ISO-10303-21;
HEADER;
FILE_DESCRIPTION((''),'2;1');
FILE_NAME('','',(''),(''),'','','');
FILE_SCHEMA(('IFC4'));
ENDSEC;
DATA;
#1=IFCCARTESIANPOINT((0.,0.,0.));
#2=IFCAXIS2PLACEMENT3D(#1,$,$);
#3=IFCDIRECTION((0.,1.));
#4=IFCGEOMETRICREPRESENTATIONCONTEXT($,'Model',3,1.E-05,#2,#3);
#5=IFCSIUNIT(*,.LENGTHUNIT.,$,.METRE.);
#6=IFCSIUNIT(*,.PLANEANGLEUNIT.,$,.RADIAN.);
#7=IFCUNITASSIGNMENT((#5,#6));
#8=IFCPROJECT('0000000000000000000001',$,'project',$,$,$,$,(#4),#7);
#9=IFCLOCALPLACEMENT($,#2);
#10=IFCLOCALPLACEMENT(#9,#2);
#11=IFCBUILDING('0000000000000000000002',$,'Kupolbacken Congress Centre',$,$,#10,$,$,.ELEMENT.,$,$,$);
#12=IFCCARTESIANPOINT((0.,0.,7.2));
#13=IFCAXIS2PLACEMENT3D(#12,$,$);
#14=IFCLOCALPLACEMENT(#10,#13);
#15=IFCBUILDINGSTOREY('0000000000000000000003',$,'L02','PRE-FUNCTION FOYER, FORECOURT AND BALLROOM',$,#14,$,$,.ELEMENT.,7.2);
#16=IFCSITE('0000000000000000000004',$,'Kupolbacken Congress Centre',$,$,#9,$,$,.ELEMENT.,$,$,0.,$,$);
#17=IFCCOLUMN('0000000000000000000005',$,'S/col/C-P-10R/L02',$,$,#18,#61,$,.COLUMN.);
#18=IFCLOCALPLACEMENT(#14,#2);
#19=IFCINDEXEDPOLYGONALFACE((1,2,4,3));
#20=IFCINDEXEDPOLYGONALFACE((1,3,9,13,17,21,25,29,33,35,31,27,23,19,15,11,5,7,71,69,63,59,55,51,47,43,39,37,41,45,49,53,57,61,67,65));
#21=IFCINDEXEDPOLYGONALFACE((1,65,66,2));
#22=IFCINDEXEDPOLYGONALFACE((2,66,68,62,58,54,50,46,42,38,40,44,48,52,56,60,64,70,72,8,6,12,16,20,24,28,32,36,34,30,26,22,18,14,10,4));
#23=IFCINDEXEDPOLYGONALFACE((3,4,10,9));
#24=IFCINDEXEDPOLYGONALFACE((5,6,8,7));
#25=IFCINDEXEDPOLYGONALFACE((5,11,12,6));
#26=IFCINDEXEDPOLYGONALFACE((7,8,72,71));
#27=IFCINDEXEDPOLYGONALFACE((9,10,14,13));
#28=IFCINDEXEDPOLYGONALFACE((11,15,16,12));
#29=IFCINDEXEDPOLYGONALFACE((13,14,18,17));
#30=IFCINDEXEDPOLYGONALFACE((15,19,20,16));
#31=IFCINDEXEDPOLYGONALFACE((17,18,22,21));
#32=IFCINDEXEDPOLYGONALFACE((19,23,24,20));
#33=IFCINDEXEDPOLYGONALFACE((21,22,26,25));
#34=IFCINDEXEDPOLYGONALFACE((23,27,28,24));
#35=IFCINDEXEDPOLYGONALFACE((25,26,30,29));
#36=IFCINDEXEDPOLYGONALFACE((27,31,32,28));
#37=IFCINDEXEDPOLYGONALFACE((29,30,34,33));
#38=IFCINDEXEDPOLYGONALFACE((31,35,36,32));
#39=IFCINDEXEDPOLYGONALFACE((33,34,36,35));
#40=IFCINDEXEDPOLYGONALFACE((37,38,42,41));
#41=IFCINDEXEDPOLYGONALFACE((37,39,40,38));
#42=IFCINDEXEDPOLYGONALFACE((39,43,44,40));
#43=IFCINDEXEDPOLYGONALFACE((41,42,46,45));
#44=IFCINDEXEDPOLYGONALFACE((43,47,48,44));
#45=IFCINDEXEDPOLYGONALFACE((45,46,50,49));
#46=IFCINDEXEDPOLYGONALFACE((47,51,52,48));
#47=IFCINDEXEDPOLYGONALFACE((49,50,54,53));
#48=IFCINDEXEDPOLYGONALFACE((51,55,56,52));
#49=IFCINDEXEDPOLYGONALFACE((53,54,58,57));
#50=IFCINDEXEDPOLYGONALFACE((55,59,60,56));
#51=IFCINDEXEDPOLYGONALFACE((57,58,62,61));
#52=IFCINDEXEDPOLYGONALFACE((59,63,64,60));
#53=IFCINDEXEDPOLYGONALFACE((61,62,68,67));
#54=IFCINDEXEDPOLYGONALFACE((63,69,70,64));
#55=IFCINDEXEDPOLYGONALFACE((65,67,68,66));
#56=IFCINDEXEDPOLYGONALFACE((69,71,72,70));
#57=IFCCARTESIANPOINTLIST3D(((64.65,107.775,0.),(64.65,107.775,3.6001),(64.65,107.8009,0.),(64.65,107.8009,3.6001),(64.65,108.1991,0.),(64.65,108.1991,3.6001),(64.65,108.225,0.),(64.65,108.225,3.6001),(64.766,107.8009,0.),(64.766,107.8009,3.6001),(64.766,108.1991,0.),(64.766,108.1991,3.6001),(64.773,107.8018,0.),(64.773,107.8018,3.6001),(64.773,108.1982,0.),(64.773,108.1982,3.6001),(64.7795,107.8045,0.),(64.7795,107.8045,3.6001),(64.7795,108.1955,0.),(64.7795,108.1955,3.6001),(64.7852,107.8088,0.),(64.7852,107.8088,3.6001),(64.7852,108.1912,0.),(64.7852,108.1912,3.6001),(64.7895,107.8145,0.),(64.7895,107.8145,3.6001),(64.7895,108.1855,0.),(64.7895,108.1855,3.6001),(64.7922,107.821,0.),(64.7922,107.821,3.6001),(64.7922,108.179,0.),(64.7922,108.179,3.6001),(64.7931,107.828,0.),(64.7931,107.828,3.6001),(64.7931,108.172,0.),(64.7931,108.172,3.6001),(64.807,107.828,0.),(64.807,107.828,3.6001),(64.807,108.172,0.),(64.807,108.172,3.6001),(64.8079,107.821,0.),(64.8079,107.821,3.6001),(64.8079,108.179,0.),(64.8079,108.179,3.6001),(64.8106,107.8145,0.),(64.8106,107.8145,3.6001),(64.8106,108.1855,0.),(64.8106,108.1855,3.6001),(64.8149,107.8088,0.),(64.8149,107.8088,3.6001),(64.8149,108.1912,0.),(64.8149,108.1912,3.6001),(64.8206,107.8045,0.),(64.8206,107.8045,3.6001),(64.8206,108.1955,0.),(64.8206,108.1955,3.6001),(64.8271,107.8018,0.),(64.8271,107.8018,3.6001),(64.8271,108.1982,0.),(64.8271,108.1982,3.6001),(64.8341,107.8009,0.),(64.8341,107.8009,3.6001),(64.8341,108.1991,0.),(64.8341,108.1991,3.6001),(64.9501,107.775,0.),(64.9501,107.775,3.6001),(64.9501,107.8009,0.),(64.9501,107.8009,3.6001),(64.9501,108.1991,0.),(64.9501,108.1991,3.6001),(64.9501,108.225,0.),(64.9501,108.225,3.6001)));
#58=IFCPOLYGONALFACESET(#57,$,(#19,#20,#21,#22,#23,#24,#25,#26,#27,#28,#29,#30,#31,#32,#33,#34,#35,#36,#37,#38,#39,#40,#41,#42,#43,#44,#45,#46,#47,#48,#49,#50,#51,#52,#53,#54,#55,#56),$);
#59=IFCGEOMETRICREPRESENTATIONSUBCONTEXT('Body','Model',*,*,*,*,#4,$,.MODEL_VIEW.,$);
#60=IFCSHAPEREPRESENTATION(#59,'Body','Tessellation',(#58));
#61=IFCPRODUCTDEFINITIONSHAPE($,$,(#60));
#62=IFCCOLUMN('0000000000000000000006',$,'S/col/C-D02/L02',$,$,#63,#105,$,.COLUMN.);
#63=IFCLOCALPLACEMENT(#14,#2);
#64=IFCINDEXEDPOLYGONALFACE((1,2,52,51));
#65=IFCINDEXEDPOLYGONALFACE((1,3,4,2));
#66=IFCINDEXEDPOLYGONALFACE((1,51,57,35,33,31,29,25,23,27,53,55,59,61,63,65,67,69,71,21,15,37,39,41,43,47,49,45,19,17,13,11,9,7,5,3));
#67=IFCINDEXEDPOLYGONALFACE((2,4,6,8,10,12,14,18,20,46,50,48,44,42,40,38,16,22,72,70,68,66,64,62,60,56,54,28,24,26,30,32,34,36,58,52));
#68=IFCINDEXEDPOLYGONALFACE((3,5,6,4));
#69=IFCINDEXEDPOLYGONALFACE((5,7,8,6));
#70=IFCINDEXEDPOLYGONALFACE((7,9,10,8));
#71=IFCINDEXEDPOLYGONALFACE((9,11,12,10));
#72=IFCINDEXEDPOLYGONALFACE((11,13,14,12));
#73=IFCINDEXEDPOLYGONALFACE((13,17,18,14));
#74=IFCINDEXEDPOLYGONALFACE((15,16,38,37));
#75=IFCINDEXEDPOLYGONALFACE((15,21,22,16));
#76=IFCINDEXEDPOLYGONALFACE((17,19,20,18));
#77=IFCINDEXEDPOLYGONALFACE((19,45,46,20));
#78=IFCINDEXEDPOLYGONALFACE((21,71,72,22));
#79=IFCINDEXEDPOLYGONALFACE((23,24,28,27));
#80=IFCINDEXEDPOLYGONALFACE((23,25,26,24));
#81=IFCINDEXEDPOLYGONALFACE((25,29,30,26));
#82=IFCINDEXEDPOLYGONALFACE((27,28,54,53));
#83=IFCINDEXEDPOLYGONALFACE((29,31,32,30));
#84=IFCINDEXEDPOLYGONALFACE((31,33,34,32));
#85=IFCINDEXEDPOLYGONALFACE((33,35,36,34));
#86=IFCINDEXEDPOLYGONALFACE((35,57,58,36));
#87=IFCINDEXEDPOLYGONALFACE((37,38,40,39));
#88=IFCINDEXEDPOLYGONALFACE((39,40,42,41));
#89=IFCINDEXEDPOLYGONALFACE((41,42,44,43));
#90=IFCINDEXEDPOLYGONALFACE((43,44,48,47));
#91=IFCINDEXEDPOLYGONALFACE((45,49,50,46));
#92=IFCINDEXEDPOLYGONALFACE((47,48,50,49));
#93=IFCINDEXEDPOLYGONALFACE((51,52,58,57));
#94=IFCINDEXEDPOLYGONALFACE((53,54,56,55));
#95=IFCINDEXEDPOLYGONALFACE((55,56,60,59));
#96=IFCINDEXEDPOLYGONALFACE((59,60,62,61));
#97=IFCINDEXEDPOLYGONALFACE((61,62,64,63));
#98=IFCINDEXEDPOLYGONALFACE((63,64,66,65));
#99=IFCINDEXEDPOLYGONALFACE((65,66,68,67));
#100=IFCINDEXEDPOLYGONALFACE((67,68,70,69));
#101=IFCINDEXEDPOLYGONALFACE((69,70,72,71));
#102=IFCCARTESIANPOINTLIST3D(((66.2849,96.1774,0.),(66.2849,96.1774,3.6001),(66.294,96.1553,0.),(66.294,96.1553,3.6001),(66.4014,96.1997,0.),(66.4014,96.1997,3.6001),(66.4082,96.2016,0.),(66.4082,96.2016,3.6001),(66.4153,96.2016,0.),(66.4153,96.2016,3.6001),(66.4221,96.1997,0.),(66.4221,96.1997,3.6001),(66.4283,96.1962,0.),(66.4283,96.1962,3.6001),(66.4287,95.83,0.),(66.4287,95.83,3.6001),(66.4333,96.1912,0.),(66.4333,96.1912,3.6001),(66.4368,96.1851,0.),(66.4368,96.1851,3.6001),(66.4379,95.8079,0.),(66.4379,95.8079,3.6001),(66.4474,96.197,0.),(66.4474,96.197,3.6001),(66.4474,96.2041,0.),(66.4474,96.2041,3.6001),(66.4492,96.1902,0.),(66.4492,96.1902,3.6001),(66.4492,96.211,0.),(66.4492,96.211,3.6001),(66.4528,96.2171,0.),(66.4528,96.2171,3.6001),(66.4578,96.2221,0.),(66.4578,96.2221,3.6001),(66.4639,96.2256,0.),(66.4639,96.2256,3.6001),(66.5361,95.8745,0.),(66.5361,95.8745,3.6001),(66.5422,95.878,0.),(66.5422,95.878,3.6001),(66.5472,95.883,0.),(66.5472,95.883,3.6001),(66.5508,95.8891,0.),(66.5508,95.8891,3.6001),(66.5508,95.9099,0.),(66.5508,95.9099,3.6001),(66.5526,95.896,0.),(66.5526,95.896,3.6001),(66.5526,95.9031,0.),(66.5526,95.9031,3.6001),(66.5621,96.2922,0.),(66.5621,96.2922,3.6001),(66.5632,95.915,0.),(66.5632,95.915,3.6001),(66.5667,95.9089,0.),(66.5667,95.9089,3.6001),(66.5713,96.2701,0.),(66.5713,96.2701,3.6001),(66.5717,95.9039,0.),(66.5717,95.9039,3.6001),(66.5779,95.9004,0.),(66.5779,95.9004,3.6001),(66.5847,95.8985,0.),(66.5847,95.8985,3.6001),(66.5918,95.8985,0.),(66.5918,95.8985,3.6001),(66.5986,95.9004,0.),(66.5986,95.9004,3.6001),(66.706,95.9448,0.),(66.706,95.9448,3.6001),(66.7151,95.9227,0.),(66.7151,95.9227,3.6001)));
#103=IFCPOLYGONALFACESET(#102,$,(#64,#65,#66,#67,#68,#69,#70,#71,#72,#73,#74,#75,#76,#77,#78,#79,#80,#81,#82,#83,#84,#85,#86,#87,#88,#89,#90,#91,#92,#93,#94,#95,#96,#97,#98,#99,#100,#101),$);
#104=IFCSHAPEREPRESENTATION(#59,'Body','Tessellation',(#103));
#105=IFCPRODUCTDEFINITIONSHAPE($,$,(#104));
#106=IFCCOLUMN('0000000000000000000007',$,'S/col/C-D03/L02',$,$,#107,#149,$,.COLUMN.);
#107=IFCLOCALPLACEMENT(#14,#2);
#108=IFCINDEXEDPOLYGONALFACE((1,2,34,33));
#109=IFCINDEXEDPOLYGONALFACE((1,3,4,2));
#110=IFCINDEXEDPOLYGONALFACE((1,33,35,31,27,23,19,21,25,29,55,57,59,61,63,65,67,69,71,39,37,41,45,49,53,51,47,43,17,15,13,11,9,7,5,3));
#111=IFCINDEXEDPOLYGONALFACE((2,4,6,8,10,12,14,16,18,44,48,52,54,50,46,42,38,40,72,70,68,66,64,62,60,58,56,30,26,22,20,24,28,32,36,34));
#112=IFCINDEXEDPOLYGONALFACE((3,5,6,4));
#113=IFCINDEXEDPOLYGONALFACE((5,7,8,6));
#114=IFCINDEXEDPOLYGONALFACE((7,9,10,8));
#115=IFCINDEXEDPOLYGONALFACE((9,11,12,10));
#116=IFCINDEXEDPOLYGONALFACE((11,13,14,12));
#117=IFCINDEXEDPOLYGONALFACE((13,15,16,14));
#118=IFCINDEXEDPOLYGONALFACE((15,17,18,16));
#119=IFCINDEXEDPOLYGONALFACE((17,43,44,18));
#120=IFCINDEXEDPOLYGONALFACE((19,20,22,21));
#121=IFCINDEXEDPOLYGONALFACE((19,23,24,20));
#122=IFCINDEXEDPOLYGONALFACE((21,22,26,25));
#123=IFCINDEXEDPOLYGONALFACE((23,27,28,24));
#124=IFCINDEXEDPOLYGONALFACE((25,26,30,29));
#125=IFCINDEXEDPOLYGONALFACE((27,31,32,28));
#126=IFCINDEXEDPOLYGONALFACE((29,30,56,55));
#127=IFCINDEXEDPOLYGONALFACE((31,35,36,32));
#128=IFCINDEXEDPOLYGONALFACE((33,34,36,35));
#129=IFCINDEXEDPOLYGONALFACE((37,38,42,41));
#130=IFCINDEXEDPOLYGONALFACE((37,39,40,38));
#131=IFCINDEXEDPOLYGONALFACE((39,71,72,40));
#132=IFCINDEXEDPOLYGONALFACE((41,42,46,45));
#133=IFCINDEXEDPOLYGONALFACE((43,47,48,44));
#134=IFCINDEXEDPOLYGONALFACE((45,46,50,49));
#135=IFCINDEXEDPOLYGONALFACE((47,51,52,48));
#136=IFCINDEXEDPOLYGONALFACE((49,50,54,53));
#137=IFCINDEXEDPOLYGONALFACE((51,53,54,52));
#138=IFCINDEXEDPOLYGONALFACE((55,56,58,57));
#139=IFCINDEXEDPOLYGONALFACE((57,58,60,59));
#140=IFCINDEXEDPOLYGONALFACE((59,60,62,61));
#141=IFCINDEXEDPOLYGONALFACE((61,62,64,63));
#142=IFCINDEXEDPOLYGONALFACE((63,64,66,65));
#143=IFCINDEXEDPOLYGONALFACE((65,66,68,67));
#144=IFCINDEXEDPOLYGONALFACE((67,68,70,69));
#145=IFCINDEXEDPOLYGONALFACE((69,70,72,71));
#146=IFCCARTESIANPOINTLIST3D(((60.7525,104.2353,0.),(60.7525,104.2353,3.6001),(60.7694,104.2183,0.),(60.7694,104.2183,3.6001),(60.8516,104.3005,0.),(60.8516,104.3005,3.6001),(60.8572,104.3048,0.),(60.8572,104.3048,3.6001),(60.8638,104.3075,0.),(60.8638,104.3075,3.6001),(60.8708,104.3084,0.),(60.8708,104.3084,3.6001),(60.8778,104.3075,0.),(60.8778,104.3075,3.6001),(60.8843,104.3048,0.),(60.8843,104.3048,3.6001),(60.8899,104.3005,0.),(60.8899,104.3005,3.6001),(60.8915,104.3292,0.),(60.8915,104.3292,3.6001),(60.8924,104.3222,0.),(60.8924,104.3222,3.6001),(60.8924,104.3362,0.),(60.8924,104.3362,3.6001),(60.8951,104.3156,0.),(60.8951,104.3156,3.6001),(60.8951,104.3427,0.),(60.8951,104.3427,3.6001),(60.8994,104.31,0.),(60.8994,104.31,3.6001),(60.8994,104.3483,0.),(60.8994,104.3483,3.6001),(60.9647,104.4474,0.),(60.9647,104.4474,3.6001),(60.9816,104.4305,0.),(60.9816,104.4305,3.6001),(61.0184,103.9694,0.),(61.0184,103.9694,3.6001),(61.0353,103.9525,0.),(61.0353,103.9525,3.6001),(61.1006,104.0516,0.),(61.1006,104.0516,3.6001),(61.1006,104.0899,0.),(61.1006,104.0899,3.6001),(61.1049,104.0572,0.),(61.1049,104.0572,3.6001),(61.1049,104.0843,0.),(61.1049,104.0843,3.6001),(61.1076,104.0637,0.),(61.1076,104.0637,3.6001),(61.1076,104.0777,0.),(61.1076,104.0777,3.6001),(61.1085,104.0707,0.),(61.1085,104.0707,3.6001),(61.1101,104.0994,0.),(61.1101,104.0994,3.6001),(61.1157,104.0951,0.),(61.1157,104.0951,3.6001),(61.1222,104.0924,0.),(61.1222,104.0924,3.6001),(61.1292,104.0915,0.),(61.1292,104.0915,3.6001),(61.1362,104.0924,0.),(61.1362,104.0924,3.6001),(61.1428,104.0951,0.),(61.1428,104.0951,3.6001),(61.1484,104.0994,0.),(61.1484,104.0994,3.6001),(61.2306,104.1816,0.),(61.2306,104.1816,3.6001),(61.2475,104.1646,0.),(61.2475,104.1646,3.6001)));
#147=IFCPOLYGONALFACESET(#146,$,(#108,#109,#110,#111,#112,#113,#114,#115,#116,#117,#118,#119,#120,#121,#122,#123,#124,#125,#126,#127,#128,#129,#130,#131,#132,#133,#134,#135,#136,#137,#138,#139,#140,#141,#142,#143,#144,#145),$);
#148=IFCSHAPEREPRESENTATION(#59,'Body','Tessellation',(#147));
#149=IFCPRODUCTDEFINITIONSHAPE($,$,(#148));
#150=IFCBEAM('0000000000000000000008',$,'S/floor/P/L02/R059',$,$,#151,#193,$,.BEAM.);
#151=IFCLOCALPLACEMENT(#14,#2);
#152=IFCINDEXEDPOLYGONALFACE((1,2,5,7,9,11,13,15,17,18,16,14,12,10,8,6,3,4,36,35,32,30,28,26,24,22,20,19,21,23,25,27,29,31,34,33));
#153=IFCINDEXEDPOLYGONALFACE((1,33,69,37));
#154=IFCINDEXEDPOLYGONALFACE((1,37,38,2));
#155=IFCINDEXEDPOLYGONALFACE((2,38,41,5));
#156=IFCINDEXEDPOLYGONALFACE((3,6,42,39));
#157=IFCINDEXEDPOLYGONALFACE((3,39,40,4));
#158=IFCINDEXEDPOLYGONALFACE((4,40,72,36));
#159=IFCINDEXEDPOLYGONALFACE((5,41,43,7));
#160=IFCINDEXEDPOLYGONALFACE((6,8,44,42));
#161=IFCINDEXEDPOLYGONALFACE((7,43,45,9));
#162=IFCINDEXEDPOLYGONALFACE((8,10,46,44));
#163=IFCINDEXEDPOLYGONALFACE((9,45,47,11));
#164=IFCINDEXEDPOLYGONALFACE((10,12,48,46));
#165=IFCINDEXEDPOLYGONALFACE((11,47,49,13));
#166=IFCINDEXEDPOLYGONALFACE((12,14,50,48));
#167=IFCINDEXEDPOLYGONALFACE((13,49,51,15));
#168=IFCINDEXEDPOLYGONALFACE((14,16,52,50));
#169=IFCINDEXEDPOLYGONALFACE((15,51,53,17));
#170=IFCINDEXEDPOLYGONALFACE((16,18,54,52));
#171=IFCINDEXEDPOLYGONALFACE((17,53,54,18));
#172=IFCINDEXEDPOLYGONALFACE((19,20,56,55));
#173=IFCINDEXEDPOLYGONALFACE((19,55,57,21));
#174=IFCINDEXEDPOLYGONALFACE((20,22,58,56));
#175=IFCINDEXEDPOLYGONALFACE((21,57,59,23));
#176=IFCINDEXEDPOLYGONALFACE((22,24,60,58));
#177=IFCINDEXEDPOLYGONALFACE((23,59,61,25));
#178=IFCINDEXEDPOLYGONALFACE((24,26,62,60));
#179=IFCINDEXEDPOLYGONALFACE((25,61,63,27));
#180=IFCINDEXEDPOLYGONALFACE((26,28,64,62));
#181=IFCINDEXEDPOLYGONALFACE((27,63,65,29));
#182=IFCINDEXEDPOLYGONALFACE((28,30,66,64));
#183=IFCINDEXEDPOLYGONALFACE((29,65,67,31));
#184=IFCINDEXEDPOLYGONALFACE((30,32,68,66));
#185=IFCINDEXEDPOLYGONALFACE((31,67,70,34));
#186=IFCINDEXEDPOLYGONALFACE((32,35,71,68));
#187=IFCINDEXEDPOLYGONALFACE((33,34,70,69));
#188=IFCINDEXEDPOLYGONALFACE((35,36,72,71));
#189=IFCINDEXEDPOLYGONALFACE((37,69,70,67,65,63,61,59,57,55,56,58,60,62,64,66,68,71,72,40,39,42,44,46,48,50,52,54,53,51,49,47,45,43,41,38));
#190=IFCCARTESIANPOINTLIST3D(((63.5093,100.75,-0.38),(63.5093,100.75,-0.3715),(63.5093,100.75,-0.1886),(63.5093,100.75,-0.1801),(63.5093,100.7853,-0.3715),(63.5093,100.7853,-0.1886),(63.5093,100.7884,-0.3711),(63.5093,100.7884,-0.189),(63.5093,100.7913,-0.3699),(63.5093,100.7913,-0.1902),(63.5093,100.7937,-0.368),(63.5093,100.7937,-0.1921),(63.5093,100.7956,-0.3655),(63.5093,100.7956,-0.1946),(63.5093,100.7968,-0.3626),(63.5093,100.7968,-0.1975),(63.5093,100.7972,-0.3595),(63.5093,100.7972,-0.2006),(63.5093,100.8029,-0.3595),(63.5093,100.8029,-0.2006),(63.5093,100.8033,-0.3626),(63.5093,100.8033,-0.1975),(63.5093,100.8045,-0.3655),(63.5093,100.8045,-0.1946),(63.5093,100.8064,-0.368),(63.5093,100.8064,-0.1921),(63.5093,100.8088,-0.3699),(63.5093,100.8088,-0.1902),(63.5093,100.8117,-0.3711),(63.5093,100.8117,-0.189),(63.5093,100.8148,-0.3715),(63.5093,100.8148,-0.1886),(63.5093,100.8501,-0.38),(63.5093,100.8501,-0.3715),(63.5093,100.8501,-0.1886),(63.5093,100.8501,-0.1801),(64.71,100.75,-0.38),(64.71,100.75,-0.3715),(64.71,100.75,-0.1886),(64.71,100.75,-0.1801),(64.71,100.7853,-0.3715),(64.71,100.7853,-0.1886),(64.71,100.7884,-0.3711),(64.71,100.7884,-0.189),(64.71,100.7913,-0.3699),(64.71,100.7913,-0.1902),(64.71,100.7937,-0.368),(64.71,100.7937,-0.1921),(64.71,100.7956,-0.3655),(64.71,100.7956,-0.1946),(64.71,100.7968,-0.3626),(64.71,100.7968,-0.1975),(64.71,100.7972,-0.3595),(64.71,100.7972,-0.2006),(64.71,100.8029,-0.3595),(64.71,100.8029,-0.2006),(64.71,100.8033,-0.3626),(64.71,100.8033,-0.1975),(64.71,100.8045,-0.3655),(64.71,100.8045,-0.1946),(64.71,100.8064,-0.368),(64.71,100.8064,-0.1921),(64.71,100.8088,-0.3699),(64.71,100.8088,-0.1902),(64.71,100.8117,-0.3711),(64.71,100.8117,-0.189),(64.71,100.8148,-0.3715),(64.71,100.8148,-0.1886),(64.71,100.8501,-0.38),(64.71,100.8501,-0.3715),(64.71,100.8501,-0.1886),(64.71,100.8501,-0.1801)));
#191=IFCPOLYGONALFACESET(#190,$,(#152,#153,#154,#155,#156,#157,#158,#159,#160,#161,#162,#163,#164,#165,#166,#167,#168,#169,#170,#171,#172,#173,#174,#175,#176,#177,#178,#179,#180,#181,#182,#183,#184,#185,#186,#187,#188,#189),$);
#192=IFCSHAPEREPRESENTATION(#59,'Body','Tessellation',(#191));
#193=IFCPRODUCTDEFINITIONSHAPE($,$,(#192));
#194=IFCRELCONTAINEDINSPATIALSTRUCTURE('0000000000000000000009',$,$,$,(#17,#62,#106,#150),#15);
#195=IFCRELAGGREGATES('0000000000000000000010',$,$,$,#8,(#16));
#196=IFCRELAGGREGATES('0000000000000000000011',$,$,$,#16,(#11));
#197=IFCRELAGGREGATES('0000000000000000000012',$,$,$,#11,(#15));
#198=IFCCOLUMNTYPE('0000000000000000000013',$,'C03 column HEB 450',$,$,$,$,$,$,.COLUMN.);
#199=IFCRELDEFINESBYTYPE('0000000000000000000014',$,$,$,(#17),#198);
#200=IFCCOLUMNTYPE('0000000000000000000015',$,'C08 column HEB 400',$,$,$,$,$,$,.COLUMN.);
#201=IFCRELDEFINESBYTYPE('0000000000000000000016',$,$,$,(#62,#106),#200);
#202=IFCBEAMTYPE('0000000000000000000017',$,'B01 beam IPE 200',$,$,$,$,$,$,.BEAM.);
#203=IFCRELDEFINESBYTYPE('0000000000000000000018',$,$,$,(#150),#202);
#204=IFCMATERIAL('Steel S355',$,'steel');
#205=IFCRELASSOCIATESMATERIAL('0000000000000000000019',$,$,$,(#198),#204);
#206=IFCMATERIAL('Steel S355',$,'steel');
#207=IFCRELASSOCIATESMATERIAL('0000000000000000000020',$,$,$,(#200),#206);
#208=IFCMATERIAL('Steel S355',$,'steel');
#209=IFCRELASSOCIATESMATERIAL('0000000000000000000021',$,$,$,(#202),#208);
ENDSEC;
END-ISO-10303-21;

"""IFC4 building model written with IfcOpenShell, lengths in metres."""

from ifc_helpers import new_model, si_unit, direction, frame, origin, origin_2d, place, context, subcontext, project, spatial, i_section, extrude, material, material_profile, profile_set, type_object, element, save


model = new_model("IFC4")

# Units and contexts
model_context = context("Model", 3, precision=1e-05, world=origin(), true_north=direction((0.0, 1.0)))
body_context = subcontext(model_context, "Body", "Model", "MODEL_VIEW")
ifc_project = project(units=[si_unit("LENGTHUNIT", "METRE"), si_unit("PLANEANGLEUNIT", "RADIAN")], contexts=[model_context])

# Site, building, storey
site_placement = place(None, origin())
site = spatial("IfcSite", under=ifc_project, at=site_placement, Name="Kupolbacken Congress Centre", CompositionType="ELEMENT", RefElevation=0.0)
building_placement = place(site_placement, origin())
building = spatial("IfcBuilding", under=site, at=building_placement, Name="Kupolbacken Congress Centre", CompositionType="ELEMENT")
storey_placement = place(building_placement, frame((0.0, 0.0, 7.2)))
storey = spatial("IfcBuildingStorey", under=building, at=storey_placement, Name="L02", Description="PRE-FUNCTION FOYER, FORECOURT AND BALLROOM", CompositionType="ELEMENT", Elevation=7.2)

# Columns
ifc_material_1 = material(Name="Steel S355", Category="steel")
ifc_material_profile_1 = material_profile(ifc_material_1, i_section(OverallWidth=0.3, OverallDepth=0.45, WebThickness=0.0139, FlangeThickness=0.0259, FilletRadius=0.0271, at=origin_2d()), Name="HEB 450")
ifc_profile_set_1 = profile_set([ifc_material_profile_1], Name="Steel S355")
column_type_1 = type_object("IfcColumnType", Name="C03 column HEB 450", PredefinedType="COLUMN", material=ifc_profile_set_1)
column_placement = place(storey_placement, frame((64.8, 108.0, 0.0), z_axis=(0.0, 0.0, 1.0), x_axis=(1.0, 0.0, 0.0)))
element("IfcColumn", 1, at=column_placement, inside=storey, type_object=column_type_1, Name="S/col/C-P-10R/L02", PredefinedType="COLUMN", context=body_context, shape_type="SweptSolid", body=[
    extrude(i_section(OverallWidth=0.3, OverallDepth=0.45, WebThickness=0.0139, FlangeThickness=0.0259, FilletRadius=0.0271, at=origin_2d()), origin(), (0.0, 0.0, 1.0), 3.6001),
])
ifc_material_2 = material(Name="Steel S355", Category="steel")
ifc_material_profile_2 = material_profile(ifc_material_2, i_section(OverallWidth=0.3, OverallDepth=0.3999, WebThickness=0.0134, FlangeThickness=0.0239, FilletRadius=0.0271, at=origin_2d()), Name="HEB 400")
ifc_profile_set_2 = profile_set([ifc_material_profile_2], Name="Steel S355")
column_type_2 = type_object("IfcColumnType", Name="C08 column HEB 400", PredefinedType="COLUMN", material=ifc_profile_set_2)
for number, where, z_axis, x_axis, name in (
    (2, (66.5, 96.05, 0.0), (0.0, 0.0, 1.0), (0.923896, 0.382644, 0.0), "S/col/C-D02/L02"),
    (3, (61.0, 104.2, 0.0), (0.0, 0.0, 1.0), (0.707107, 0.707107, 0.0), "S/col/C-D03/L02"),
):
    element("IfcColumn", number, at=place(storey_placement, frame(where, z_axis=z_axis, x_axis=x_axis)), inside=storey, type_object=column_type_2, Name=name, PredefinedType="COLUMN", context=body_context, shape_type="SweptSolid", body=[
        extrude(i_section(OverallWidth=0.3, OverallDepth=0.3999, WebThickness=0.0134, FlangeThickness=0.0239, FilletRadius=0.0271, at=origin_2d()), origin(), (0.0, 0.0, 1.0), 3.6001),
    ])

# Beam
ifc_material_3 = material(Name="Steel S355", Category="steel")
ifc_material_profile_3 = material_profile(ifc_material_3, i_section(OverallWidth=0.1001, OverallDepth=0.2, WebThickness=0.0056, FlangeThickness=0.0085, FilletRadius=0.012, at=origin_2d()), Name="IPE 200")
ifc_profile_set_3 = profile_set([ifc_material_profile_3], Name="Steel S355")
beam_type_1 = type_object("IfcBeamType", Name="B01 beam IPE 200", PredefinedType="BEAM", material=ifc_profile_set_3)
for number, where, z_axis, x_axis, name in (
    (4, (63.5093, 100.8, -0.28), (1.0, 0.0, 0.0), (0.0, 1.0, 0.0), "S/floor/P/L02/R059"),
):
    element("IfcBeam", number, at=place(storey_placement, frame(where, z_axis=z_axis, x_axis=x_axis)), inside=storey, type_object=beam_type_1, Name=name, PredefinedType="BEAM", context=body_context, shape_type="SweptSolid", body=[
        extrude(i_section(OverallWidth=0.1001, OverallDepth=0.2, WebThickness=0.0056, FlangeThickness=0.0085, FilletRadius=0.012, at=origin_2d()), origin(), (0.0, 0.0, 1.0), 1.2007),
    ])

save(model, "model.ifc")
